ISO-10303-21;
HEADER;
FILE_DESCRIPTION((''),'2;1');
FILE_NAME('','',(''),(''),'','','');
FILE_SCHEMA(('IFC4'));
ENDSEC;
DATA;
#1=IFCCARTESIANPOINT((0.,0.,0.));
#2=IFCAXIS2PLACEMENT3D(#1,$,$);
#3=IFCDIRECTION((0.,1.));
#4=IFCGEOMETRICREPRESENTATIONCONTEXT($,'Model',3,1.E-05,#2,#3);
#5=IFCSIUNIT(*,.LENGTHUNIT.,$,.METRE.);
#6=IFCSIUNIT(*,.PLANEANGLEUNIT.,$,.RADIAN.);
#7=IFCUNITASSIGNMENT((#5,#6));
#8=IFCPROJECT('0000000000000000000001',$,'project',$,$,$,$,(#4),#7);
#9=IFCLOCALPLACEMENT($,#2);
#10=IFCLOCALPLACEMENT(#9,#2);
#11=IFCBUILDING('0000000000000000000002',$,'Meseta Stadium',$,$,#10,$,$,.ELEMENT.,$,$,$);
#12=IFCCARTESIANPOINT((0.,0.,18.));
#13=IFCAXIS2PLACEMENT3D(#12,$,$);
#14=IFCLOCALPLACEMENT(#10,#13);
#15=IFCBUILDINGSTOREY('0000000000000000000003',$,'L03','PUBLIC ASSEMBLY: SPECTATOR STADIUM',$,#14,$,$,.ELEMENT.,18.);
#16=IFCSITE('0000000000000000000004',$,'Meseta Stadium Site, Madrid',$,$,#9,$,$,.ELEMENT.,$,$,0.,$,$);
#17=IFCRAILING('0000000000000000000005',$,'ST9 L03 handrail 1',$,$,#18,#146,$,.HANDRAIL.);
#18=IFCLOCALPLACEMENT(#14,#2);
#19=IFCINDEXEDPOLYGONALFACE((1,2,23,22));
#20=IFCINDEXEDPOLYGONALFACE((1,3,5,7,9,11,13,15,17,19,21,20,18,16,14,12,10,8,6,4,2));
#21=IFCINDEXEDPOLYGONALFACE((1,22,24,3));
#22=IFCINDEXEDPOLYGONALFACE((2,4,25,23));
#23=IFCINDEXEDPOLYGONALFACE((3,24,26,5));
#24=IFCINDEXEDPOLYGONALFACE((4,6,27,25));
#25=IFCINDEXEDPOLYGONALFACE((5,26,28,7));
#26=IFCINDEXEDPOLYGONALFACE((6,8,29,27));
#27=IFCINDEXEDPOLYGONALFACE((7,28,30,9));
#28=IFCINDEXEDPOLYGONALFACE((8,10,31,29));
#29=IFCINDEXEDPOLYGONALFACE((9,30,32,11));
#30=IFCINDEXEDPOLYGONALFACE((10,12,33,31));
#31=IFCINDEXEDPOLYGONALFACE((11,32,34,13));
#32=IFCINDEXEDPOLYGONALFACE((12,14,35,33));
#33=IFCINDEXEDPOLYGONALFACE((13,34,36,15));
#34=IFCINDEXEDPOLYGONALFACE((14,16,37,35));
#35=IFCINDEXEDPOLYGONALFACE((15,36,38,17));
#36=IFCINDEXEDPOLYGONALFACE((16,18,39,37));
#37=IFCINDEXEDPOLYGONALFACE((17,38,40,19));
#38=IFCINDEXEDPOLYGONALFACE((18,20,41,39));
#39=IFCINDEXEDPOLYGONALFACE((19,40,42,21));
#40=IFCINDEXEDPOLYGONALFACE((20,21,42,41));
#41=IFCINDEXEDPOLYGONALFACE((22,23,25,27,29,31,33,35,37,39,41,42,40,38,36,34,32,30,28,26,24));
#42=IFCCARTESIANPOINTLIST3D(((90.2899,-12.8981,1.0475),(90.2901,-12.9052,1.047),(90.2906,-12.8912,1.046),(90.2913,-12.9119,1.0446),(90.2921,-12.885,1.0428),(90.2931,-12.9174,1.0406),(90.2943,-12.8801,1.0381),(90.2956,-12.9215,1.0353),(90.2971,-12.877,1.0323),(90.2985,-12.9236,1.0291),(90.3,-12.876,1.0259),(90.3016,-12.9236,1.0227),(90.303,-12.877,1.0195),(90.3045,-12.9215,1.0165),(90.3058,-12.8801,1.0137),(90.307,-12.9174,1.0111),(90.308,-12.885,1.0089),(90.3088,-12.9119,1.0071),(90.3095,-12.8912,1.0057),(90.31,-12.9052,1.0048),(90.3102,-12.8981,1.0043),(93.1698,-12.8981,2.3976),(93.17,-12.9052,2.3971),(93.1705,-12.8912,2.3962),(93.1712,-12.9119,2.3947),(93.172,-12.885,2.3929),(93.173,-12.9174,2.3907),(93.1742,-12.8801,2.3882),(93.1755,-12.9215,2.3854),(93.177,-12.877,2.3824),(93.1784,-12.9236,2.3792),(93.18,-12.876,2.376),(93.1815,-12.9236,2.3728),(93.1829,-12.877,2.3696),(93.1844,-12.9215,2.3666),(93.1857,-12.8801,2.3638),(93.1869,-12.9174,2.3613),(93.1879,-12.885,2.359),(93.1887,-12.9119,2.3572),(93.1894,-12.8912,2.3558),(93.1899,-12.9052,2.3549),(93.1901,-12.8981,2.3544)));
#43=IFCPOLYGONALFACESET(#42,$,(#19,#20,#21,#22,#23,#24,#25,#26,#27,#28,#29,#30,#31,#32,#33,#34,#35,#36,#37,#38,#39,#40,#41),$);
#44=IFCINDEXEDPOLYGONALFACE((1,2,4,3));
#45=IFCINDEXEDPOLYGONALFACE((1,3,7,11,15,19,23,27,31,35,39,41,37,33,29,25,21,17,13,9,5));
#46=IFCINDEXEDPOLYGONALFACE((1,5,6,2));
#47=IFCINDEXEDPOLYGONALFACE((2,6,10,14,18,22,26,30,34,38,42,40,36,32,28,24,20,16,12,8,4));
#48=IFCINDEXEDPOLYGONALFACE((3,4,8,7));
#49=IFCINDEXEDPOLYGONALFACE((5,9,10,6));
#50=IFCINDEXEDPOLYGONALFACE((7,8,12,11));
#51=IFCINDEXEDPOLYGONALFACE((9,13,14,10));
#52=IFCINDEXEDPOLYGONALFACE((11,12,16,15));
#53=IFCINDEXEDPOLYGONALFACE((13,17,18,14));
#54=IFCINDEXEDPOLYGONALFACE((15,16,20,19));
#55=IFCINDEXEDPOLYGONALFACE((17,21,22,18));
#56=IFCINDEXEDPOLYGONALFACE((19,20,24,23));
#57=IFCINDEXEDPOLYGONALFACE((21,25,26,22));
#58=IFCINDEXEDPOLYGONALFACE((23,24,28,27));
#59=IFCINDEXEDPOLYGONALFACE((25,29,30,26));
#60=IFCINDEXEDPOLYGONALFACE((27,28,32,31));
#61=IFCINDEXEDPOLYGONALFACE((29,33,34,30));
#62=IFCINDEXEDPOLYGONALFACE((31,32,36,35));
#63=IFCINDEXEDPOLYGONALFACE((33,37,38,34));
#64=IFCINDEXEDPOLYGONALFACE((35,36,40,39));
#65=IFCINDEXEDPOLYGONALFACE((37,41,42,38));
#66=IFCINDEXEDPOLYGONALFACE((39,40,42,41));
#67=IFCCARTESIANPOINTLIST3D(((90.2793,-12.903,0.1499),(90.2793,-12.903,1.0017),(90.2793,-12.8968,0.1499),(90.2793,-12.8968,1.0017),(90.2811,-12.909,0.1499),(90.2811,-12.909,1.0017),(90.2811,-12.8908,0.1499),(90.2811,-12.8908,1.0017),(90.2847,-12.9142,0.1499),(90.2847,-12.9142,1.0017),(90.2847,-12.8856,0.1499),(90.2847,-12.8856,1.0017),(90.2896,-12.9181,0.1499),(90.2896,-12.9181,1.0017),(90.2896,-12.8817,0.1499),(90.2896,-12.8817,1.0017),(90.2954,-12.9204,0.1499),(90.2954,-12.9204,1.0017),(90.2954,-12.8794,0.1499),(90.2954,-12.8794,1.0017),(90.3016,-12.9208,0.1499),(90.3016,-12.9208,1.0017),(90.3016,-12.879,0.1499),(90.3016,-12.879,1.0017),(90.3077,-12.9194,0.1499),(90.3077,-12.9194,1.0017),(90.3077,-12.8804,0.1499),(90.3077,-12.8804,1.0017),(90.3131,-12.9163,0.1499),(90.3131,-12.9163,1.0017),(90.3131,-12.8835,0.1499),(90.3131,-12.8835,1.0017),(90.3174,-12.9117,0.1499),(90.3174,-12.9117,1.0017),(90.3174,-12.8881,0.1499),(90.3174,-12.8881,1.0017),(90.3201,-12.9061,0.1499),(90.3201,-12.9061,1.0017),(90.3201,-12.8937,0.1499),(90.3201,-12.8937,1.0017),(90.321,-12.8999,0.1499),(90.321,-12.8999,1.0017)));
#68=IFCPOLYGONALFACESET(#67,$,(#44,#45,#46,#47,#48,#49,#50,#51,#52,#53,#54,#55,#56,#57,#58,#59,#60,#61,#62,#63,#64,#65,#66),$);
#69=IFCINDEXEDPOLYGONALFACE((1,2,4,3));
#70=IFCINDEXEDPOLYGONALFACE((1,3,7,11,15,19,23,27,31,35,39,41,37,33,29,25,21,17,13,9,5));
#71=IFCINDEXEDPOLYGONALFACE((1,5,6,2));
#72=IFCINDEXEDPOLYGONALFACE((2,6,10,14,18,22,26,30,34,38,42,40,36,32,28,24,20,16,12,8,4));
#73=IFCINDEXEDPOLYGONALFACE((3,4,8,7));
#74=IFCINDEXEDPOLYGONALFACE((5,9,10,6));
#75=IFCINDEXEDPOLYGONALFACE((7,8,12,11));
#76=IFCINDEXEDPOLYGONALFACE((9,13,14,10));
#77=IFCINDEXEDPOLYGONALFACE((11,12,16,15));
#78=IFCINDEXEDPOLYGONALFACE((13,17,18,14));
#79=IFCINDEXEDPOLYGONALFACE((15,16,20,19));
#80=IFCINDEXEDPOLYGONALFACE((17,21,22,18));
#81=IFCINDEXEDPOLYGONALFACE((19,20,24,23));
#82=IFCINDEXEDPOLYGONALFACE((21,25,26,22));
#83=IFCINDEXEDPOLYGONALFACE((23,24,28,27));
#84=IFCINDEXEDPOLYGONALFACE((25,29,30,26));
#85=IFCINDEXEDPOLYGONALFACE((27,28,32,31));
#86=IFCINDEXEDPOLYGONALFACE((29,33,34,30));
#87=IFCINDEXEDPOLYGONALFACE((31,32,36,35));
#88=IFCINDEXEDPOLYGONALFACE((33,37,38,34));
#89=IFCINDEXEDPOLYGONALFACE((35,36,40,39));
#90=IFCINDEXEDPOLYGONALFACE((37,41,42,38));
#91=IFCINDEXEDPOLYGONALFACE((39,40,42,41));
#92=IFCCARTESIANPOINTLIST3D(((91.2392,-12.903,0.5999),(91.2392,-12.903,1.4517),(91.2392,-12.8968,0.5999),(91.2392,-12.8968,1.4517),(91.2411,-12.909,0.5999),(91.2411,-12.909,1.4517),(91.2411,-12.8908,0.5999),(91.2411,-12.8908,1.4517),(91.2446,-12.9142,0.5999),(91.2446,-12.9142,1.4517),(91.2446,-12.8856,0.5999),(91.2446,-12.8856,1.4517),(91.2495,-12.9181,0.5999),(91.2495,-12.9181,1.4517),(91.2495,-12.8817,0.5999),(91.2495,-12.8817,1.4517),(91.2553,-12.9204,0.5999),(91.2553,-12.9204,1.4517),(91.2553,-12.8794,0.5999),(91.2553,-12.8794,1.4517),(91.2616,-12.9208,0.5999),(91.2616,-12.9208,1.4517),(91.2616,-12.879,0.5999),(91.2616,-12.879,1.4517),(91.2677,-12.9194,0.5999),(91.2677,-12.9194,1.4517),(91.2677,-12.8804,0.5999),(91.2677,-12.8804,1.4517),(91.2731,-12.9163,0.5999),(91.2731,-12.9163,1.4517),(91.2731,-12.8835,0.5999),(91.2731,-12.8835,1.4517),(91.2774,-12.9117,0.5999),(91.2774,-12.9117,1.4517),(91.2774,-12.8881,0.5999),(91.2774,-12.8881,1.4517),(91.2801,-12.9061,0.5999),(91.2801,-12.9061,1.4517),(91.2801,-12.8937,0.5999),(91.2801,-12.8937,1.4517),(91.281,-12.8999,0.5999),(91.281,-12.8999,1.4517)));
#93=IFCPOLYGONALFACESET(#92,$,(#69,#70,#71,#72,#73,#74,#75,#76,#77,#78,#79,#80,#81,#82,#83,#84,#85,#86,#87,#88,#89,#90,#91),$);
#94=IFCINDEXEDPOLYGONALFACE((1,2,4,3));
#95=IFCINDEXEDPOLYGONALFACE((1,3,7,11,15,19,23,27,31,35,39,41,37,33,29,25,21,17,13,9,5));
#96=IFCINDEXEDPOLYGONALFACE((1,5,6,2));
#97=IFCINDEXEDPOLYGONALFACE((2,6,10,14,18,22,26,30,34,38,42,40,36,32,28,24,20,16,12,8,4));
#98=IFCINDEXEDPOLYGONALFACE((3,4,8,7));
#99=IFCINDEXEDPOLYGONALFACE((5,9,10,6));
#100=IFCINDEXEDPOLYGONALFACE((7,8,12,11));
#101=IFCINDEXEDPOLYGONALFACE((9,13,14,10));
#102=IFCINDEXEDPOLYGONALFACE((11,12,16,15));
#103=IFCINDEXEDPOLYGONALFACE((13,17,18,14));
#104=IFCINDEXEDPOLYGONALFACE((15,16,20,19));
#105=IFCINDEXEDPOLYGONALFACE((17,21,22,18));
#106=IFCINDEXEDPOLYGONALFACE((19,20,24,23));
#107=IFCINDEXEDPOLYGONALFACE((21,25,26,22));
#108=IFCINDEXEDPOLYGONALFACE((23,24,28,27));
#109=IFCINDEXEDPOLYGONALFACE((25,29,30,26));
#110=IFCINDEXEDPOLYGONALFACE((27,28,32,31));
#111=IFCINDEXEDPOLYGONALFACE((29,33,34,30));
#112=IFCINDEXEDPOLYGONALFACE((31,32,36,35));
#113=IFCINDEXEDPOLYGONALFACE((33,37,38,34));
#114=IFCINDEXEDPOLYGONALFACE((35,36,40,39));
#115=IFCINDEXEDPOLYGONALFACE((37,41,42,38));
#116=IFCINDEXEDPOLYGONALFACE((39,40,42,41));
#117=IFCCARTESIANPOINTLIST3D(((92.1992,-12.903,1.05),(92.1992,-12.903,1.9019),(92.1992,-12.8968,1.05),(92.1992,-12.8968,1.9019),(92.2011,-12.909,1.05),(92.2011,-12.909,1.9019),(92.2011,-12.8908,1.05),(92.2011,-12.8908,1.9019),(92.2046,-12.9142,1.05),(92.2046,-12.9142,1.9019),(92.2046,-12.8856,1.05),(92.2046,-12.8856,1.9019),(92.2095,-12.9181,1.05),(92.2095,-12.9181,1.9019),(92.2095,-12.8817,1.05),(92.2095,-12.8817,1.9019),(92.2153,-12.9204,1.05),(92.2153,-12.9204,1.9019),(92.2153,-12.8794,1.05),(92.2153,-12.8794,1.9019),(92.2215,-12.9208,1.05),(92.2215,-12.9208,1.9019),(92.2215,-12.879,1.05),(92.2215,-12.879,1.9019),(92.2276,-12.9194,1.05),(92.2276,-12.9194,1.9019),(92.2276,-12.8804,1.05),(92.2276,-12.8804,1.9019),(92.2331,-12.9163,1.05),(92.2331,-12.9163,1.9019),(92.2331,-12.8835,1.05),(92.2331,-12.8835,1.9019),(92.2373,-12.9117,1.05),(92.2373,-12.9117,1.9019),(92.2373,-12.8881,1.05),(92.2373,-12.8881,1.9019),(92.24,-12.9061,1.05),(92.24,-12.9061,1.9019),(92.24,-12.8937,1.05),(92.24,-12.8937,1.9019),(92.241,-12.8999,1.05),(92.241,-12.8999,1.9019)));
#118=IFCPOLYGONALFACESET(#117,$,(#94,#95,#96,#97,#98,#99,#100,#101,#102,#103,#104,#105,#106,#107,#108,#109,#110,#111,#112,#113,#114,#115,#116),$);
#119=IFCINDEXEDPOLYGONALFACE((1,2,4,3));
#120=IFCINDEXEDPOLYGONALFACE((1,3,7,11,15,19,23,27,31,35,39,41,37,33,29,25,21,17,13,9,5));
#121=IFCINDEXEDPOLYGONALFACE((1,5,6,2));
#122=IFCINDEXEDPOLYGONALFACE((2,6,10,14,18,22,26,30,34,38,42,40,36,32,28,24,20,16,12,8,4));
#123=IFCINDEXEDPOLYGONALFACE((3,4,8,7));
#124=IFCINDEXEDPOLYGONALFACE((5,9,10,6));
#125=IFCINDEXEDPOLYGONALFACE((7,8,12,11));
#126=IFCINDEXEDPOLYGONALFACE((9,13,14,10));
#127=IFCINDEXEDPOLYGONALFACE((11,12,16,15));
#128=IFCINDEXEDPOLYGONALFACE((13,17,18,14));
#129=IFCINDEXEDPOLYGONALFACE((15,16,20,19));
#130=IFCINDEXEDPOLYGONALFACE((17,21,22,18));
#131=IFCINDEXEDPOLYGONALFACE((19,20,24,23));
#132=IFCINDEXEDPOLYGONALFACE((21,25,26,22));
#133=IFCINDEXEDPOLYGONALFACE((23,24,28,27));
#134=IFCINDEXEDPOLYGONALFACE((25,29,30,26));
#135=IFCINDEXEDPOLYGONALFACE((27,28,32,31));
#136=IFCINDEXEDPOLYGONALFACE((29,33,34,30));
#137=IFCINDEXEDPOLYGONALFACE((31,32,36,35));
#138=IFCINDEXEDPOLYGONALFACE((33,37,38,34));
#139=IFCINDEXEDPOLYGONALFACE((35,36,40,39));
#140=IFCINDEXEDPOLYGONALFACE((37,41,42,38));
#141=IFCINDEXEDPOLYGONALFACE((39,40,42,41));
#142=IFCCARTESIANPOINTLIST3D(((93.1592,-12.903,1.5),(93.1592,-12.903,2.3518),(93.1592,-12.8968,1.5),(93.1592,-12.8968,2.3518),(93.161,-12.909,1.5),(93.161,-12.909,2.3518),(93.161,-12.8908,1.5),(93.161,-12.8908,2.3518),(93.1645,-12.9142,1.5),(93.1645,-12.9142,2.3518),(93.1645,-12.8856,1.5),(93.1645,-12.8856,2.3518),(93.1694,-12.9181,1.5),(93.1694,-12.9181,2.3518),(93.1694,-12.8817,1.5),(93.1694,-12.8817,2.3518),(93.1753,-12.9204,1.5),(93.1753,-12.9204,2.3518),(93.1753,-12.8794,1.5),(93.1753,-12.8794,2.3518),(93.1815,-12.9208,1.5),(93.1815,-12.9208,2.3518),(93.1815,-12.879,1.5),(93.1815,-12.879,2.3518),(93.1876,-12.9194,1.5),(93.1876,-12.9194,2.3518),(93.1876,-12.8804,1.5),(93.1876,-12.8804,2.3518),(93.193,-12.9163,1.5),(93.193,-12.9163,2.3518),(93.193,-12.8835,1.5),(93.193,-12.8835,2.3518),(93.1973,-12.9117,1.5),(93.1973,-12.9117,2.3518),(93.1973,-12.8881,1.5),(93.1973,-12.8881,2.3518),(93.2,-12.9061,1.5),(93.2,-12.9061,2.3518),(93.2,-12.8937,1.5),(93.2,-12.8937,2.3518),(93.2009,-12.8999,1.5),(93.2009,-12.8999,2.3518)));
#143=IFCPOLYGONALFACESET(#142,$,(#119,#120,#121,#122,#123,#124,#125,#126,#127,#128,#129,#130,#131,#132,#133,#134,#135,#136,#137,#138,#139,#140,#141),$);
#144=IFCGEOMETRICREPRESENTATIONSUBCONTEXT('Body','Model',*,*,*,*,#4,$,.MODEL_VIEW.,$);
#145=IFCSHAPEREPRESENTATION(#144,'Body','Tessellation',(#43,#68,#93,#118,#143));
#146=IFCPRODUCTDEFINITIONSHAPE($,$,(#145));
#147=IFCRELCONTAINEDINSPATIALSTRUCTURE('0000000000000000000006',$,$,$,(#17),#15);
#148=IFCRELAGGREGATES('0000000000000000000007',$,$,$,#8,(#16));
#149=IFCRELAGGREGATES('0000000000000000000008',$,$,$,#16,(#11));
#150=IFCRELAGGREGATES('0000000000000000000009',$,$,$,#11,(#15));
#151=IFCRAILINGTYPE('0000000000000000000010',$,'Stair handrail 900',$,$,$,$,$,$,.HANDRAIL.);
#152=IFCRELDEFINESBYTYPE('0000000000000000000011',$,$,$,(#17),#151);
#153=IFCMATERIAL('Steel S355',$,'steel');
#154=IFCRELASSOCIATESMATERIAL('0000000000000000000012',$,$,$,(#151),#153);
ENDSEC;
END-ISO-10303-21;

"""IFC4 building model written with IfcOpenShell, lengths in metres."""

from ifc_helpers import new_model, si_unit, direction, frame, origin, origin_2d, place, context, subcontext, project, spatial, circle, extrude, material, type_object, element, save


model = new_model("IFC4")

# Units and contexts
model_context = context("Model", 3, precision=1e-05, world=origin(), true_north=direction((0.0, 1.0)))
body_context = subcontext(model_context, "Body", "Model", "MODEL_VIEW")
ifc_project = project(units=[si_unit("LENGTHUNIT", "METRE"), si_unit("PLANEANGLEUNIT", "RADIAN")], contexts=[model_context])

# Site, building, storey
site_placement = place(None, origin())
site = spatial("IfcSite", under=ifc_project, at=site_placement, Name="Meseta Stadium Site, Madrid", CompositionType="ELEMENT", RefElevation=0.0)
building_placement = place(site_placement, origin())
building = spatial("IfcBuilding", under=site, at=building_placement, Name="Meseta Stadium", CompositionType="ELEMENT")
storey_placement = place(building_placement, frame((0.0, 0.0, 18.0)))
storey = spatial("IfcBuildingStorey", under=building, at=storey_placement, Name="L03", Description="PUBLIC ASSEMBLY: SPECTATOR STADIUM", CompositionType="ELEMENT", Elevation=18.0)

# Railing
ifc_material_1 = material(Name="Steel S355", Category="steel")
railing_type_1 = type_object("IfcRailingType", Name="Stair handrail 900", PredefinedType="HANDRAIL", material=ifc_material_1)
for number, where, name in (
    (1, (90.3, -12.8999, 0.1499), "ST9 L03 handrail 1"),
):
    element("IfcRailing", number, at=place(storey_placement, frame(where)), inside=storey, type_object=railing_type_1, Name=name, PredefinedType="HANDRAIL", context=body_context, shape_type="SweptSolid", body=[
        extrude(circle(Radius=0.0239, at=origin_2d()), frame((0.0, 0.0, 0.876), z_axis=(0.90544, 0.0, 0.424473), x_axis=(0.0, 1.0, 0.0)), (0.0, 0.0, 1.0), 3.1807),
        extrude(circle(Radius=0.021, at=origin_2d()), origin(), (0.0, 0.0, 1.0), 0.8518),
        extrude(circle(Radius=0.021, at=origin_2d()), frame((0.96, 0.0, 0.45)), (0.0, 0.0, 1.0), 0.8518),
        extrude(circle(Radius=0.021, at=origin_2d()), frame((1.9199, 0.0, 0.9001)), (0.0, 0.0, 1.0), 0.8518),
        extrude(circle(Radius=0.021, at=origin_2d()), frame((2.8799, 0.0, 1.3501)), (0.0, 0.0, 1.0), 0.8518),
    ])

save(model, "model.ifc")
